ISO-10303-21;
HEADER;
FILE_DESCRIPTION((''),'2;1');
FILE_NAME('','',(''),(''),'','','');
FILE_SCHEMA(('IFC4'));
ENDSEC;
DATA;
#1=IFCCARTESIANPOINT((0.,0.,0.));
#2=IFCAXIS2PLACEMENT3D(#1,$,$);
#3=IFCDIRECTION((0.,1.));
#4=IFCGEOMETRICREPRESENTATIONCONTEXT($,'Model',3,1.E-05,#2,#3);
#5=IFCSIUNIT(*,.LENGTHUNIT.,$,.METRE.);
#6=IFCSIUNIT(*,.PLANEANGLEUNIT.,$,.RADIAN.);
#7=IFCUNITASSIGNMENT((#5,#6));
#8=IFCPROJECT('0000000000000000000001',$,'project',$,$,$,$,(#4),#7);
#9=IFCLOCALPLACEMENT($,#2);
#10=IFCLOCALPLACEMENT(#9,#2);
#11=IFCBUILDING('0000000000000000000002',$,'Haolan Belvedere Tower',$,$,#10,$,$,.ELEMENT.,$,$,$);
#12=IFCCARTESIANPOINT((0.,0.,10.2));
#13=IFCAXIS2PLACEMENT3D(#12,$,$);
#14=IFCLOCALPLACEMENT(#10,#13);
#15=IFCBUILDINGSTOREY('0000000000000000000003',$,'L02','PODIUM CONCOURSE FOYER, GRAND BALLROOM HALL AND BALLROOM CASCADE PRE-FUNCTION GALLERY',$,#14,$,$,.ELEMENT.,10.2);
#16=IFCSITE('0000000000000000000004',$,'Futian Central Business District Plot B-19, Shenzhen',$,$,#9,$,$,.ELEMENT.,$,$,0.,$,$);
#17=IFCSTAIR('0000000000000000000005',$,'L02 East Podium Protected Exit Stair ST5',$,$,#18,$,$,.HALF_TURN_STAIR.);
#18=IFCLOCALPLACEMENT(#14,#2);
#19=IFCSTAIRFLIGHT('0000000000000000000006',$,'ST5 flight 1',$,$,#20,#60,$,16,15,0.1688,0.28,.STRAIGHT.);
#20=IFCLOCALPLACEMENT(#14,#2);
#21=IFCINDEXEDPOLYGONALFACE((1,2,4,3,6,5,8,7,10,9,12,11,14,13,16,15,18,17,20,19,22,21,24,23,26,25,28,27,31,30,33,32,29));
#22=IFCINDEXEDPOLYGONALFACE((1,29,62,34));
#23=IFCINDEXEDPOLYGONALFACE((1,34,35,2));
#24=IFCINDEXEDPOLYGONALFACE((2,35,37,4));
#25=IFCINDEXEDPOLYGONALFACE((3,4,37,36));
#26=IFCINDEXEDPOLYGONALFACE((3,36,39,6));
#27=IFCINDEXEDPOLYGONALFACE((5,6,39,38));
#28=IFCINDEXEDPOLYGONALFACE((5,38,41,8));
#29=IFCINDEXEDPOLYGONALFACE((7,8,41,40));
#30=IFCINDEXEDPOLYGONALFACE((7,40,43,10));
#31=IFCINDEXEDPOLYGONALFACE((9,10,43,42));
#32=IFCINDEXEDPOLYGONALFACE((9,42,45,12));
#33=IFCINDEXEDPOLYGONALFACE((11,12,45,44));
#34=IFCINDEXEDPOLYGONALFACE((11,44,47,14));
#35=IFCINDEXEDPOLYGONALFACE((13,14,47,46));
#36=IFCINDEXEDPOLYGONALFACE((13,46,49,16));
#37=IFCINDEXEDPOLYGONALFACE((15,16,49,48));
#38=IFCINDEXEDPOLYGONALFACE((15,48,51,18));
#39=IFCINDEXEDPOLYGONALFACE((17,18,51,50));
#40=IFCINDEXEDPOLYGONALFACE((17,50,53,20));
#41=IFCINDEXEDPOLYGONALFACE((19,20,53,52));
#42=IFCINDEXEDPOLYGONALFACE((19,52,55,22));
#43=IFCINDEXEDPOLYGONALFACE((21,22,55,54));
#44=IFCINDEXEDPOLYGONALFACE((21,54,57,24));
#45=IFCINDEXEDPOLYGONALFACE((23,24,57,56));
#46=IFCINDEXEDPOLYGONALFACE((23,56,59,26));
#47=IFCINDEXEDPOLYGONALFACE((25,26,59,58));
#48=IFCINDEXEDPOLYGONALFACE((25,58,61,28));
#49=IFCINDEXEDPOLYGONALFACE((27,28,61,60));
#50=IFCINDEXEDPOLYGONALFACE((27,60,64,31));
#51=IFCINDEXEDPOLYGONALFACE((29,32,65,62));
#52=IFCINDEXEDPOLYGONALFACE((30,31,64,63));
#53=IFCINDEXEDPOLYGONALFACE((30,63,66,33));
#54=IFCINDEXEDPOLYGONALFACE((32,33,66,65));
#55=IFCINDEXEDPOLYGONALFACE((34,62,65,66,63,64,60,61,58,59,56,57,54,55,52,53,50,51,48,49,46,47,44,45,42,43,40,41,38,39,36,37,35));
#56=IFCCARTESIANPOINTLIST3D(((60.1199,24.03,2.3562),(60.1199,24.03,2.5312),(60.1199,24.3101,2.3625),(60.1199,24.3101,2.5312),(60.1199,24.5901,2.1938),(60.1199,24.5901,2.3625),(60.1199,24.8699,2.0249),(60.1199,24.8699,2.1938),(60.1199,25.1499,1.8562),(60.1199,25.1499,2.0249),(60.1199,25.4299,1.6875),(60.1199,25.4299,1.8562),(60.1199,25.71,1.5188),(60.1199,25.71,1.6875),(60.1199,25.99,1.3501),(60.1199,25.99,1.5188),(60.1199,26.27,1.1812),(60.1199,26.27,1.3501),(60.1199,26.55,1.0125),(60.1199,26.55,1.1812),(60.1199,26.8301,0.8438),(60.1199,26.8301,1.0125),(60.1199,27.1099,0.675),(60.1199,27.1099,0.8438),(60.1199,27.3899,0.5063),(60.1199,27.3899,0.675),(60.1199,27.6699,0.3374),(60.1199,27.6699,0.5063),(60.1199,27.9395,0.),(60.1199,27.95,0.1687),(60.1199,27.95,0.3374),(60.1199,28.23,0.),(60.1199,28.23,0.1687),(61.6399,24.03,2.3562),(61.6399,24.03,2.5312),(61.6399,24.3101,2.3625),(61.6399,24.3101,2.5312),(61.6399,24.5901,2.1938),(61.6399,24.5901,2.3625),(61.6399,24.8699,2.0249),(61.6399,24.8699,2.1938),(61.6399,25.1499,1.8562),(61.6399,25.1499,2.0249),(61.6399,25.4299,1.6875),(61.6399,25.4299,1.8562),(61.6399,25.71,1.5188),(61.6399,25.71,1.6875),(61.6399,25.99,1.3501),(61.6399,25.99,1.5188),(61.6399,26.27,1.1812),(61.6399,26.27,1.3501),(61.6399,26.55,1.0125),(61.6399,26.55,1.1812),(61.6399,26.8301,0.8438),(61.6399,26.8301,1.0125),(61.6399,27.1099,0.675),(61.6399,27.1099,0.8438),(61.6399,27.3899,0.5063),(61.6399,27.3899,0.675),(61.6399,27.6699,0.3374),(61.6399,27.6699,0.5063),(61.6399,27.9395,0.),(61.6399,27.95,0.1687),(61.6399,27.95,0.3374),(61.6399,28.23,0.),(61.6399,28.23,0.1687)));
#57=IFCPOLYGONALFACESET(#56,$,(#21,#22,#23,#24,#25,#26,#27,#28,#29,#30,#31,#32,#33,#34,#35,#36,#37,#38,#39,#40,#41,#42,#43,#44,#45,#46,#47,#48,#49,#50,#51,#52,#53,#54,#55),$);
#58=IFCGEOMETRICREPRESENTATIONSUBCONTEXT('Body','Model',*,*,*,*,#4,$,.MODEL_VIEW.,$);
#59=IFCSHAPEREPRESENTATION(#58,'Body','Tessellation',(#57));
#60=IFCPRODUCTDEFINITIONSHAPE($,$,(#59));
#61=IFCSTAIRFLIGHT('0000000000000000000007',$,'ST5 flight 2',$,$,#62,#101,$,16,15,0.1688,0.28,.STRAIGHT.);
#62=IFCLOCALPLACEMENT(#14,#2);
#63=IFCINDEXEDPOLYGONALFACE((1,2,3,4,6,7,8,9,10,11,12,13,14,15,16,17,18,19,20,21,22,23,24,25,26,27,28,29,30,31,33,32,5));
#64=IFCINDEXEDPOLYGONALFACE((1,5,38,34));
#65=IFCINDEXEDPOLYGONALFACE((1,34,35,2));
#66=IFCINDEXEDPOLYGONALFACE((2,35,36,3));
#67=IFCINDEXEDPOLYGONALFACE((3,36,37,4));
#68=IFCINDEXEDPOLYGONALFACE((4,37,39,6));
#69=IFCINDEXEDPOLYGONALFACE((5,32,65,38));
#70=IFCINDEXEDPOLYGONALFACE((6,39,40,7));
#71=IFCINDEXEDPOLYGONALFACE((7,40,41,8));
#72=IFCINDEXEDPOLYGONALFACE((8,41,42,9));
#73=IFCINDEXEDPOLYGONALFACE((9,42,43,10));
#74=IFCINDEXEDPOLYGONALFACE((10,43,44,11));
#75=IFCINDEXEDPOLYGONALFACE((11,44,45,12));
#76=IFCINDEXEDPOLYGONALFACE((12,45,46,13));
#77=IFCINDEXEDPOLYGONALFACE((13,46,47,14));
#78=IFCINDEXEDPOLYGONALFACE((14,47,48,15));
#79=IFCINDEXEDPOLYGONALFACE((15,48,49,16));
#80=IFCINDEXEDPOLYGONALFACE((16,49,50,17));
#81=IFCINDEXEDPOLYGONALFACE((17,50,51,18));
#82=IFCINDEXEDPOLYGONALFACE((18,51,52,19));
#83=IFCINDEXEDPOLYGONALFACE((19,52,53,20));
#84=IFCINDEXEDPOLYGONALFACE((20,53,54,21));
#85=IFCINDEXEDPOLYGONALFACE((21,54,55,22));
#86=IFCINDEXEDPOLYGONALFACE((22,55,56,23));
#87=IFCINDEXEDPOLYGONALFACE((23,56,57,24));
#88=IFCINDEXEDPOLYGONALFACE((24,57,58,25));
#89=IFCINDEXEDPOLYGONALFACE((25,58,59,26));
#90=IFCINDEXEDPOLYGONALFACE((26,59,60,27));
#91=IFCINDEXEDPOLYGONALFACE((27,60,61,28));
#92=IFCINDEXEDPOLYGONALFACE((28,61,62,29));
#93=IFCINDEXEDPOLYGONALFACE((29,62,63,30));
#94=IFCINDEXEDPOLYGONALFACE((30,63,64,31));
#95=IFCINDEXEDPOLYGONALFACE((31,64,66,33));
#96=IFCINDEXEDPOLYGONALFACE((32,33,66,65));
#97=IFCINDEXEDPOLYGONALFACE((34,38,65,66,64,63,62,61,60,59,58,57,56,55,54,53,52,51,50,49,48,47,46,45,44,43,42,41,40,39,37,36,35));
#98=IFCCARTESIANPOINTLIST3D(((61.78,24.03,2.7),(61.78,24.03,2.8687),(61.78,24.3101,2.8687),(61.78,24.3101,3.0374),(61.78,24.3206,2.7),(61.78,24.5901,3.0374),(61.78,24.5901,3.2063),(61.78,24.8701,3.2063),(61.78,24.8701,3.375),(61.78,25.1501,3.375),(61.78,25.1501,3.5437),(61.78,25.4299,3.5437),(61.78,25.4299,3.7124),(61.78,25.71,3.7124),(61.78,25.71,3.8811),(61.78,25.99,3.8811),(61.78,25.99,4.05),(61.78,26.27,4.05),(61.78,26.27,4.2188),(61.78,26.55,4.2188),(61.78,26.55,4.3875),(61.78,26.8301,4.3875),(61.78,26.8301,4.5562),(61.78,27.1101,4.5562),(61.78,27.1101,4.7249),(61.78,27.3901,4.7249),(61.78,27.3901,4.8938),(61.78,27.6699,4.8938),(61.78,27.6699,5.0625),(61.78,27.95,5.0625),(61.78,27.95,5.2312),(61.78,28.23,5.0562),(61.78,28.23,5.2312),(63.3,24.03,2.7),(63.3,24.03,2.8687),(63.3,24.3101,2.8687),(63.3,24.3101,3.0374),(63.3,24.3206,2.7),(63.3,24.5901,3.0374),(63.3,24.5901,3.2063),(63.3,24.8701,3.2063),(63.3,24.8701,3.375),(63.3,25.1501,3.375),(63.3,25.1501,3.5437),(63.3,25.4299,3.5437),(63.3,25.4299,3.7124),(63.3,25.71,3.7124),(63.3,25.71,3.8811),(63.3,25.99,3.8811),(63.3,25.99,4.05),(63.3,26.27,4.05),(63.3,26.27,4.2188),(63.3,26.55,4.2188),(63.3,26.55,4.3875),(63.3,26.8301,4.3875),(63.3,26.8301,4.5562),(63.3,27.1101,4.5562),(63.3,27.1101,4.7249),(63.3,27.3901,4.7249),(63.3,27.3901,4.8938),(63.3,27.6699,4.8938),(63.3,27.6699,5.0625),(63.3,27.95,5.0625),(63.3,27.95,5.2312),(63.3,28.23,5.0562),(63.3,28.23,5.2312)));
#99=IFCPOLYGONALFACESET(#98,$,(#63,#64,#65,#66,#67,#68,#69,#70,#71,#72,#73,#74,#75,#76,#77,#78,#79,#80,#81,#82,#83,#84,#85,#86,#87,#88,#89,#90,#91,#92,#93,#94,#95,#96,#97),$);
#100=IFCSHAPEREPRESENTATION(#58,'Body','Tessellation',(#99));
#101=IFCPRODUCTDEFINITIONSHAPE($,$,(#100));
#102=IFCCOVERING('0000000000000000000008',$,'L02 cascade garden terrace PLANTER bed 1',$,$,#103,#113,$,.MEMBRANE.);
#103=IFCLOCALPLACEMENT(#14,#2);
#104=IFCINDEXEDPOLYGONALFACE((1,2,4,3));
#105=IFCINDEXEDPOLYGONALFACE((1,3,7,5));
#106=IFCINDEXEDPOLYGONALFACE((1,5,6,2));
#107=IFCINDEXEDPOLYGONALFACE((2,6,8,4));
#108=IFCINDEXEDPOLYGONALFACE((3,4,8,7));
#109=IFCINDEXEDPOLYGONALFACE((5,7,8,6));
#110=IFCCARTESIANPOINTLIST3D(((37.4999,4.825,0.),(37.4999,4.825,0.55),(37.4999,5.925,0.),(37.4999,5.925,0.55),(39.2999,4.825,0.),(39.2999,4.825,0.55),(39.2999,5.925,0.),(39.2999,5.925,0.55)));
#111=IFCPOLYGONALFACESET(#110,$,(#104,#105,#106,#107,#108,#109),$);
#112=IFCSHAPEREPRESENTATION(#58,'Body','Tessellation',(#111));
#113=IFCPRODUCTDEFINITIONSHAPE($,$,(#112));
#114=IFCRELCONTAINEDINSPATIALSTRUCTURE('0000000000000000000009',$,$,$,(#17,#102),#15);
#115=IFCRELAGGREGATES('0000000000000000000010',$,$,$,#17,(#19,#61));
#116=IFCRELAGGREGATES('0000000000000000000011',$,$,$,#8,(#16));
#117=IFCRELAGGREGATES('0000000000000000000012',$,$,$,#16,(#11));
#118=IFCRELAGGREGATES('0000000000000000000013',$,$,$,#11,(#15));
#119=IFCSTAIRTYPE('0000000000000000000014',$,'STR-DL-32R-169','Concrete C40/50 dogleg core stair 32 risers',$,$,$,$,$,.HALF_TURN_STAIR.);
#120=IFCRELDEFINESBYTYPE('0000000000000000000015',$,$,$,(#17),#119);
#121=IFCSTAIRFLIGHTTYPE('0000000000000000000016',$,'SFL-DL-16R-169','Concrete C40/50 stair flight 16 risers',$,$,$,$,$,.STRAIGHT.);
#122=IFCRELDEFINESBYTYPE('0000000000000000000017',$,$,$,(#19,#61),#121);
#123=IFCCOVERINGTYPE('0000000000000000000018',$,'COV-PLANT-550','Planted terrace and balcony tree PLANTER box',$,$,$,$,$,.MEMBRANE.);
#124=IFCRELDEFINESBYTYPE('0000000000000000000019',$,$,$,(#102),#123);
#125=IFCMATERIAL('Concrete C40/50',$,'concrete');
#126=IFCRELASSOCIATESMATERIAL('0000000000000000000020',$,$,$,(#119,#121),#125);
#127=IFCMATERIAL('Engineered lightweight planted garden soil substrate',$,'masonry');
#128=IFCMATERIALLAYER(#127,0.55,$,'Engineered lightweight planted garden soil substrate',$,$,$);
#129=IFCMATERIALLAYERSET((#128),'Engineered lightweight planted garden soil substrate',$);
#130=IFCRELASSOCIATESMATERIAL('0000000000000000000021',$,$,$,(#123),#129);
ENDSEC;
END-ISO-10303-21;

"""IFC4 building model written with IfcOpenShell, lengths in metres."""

from ifc_helpers import new_model, si_unit, direction, frame, origin, origin_2d, place, context, subcontext, project, spatial, polyline, rectangle, outline, extrude, material, layer, layer_set, type_object, element, aggregate, save


model = new_model("IFC4")

# Units and contexts
model_context = context("Model", 3, precision=1e-05, world=origin(), true_north=direction((0.0, 1.0)))
body_context = subcontext(model_context, "Body", "Model", "MODEL_VIEW")
ifc_project = project(units=[si_unit("LENGTHUNIT", "METRE"), si_unit("PLANEANGLEUNIT", "RADIAN")], contexts=[model_context])

# Site, building, storey
site_placement = place(None, origin())
site = spatial("IfcSite", under=ifc_project, at=site_placement, Name="Futian Central Business District Plot B-19, Shenzhen", CompositionType="ELEMENT", RefElevation=0.0)
building_placement = place(site_placement, origin())
building = spatial("IfcBuilding", under=site, at=building_placement, Name="Haolan Belvedere Tower", CompositionType="ELEMENT")
storey_placement = place(building_placement, frame((0.0, 0.0, 10.2)))
storey = spatial("IfcBuildingStorey", under=building, at=storey_placement, Name="L02", Description="PODIUM CONCOURSE FOYER, GRAND BALLROOM HALL AND BALLROOM CASCADE PRE-FUNCTION GALLERY", CompositionType="ELEMENT", Elevation=10.2)

# Stair, stair flights
ifc_material_1 = material(Name="Concrete C40/50", Category="concrete")
stair_type = type_object("IfcStairType", Name="STR-DL-32R-169", Description="Concrete C40/50 dogleg core stair 32 risers", PredefinedType="HALF_TURN_STAIR", material=ifc_material_1)
stair_placement = place(storey_placement, origin())
stair = element("IfcStair", 1, at=stair_placement, inside=storey, type_object=stair_type, Name="L02 East Podium Protected Exit Stair ST5", PredefinedType="HALF_TURN_STAIR")
stair_flight_type = type_object("IfcStairFlightType", Name="SFL-DL-16R-169", Description="Concrete C40/50 stair flight 16 risers", PredefinedType="STRAIGHT", material=ifc_material_1)
stair_flight_1_placement = place(storey_placement, frame((60.8799, 28.23, 0.0), z_axis=(0.0, 0.0, 1.0), x_axis=(0.0, -1.0, 0.0)))
stair_flight_1 = element("IfcStairFlight", 2, at=stair_flight_1_placement, type_object=stair_flight_type, Name="ST5 flight 1", NumberOfRisers=16, NumberOfTreads=15, PredefinedType="STRAIGHT", RiserHeight=0.1688, TreadLength=0.28, context=body_context, shape_type="SweptSolid", body=[
    extrude(outline(polyline([(0.0, 0.0), (0.0, 0.1687), (0.28, 0.1687), (0.28, 0.3374), (0.5601, 0.3374), (0.5601, 0.5063), (0.8401, 0.5063), (0.8401, 0.675), (1.1201, 0.675), (1.1201, 0.8438), (1.3999, 0.8438), (1.3999, 1.0125), (1.6799, 1.0125), (1.6799, 1.1812), (1.96, 1.1812), (1.96, 1.3501), (2.24, 1.3501), (2.24, 1.5188), (2.52, 1.5188), (2.52, 1.6875), (2.8, 1.6875), (2.8, 1.8562), (3.0801, 1.8562), (3.0801, 2.0249), (3.3601, 2.0249), (3.3601, 2.1938), (3.6399, 2.1938), (3.6399, 2.3625), (3.9199, 2.3625), (3.9199, 2.5312), (4.2, 2.5312), (4.2, 2.7), (4.2, 2.3562), (0.2905, 0.0), (0.0, 0.0)])), frame((0.0, 0.76, 0.0), z_axis=(0.0, -1.0, 0.0), x_axis=(1.0, 0.0, 0.0)), (0.0, 0.0, 1.0), 1.52),
])
stair_flight_2_placement = place(storey_placement, frame((62.54, 24.03, 2.7), z_axis=(0.0, 0.0, 1.0), x_axis=(0.0, 1.0, 0.0)))
stair_flight_2 = element("IfcStairFlight", 3, at=stair_flight_2_placement, type_object=stair_flight_type, Name="ST5 flight 2", NumberOfRisers=16, NumberOfTreads=15, PredefinedType="STRAIGHT", RiserHeight=0.1688, TreadLength=0.28, context=body_context, shape_type="SweptSolid", body=[
    extrude(outline(polyline([(0.0, 0.0), (0.0, 0.1687), (0.28, 0.1687), (0.28, 0.3374), (0.5601, 0.3374), (0.5601, 0.5063), (0.8401, 0.5063), (0.8401, 0.675), (1.1201, 0.675), (1.1201, 0.8438), (1.3999, 0.8438), (1.3999, 1.0125), (1.6799, 1.0125), (1.6799, 1.1812), (1.96, 1.1812), (1.96, 1.3501), (2.24, 1.3501), (2.24, 1.5188), (2.52, 1.5188), (2.52, 1.6875), (2.8, 1.6875), (2.8, 1.8562), (3.0801, 1.8562), (3.0801, 2.0249), (3.3601, 2.0249), (3.3601, 2.1938), (3.6399, 2.1938), (3.6399, 2.3625), (3.9199, 2.3625), (3.9199, 2.5312), (4.2, 2.5312), (4.2, 2.7), (4.2, 2.3562), (0.2905, 0.0), (0.0, 0.0)])), frame((0.0, 0.76, 0.0), z_axis=(0.0, -1.0, 0.0), x_axis=(1.0, 0.0, 0.0)), (0.0, 0.0, 1.0), 1.52),
])
aggregate(stair, [stair_flight_1, stair_flight_2])

# Covering
ifc_material_2 = material(Name="Engineered lightweight planted garden soil substrate", Category="masonry")
ifc_layer_1 = layer(ifc_material_2, 0.55, Name="Engineered lightweight planted garden soil substrate")
ifc_layer_set_1 = layer_set([ifc_layer_1], Name="Engineered lightweight planted garden soil substrate")
covering_type = type_object("IfcCoveringType", Name="COV-PLANT-550", Description="Planted terrace and balcony tree PLANTER box", PredefinedType="MEMBRANE", material=ifc_layer_set_1)
covering_placement = place(storey_placement, frame((38.3999, 5.375, 0.0), z_axis=(0.0, 0.0, 1.0), x_axis=(1.0, 0.0, 0.0)))
element("IfcCovering", 4, at=covering_placement, inside=storey, type_object=covering_type, Name="L02 cascade garden terrace PLANTER bed 1", PredefinedType="MEMBRANE", context=body_context, shape_type="SweptSolid", body=[
    extrude(rectangle(XDim=1.8, YDim=1.1001, at=origin_2d()), origin(), (0.0, 0.0, 1.0), 0.55),
])

save(model, "model.ifc")
